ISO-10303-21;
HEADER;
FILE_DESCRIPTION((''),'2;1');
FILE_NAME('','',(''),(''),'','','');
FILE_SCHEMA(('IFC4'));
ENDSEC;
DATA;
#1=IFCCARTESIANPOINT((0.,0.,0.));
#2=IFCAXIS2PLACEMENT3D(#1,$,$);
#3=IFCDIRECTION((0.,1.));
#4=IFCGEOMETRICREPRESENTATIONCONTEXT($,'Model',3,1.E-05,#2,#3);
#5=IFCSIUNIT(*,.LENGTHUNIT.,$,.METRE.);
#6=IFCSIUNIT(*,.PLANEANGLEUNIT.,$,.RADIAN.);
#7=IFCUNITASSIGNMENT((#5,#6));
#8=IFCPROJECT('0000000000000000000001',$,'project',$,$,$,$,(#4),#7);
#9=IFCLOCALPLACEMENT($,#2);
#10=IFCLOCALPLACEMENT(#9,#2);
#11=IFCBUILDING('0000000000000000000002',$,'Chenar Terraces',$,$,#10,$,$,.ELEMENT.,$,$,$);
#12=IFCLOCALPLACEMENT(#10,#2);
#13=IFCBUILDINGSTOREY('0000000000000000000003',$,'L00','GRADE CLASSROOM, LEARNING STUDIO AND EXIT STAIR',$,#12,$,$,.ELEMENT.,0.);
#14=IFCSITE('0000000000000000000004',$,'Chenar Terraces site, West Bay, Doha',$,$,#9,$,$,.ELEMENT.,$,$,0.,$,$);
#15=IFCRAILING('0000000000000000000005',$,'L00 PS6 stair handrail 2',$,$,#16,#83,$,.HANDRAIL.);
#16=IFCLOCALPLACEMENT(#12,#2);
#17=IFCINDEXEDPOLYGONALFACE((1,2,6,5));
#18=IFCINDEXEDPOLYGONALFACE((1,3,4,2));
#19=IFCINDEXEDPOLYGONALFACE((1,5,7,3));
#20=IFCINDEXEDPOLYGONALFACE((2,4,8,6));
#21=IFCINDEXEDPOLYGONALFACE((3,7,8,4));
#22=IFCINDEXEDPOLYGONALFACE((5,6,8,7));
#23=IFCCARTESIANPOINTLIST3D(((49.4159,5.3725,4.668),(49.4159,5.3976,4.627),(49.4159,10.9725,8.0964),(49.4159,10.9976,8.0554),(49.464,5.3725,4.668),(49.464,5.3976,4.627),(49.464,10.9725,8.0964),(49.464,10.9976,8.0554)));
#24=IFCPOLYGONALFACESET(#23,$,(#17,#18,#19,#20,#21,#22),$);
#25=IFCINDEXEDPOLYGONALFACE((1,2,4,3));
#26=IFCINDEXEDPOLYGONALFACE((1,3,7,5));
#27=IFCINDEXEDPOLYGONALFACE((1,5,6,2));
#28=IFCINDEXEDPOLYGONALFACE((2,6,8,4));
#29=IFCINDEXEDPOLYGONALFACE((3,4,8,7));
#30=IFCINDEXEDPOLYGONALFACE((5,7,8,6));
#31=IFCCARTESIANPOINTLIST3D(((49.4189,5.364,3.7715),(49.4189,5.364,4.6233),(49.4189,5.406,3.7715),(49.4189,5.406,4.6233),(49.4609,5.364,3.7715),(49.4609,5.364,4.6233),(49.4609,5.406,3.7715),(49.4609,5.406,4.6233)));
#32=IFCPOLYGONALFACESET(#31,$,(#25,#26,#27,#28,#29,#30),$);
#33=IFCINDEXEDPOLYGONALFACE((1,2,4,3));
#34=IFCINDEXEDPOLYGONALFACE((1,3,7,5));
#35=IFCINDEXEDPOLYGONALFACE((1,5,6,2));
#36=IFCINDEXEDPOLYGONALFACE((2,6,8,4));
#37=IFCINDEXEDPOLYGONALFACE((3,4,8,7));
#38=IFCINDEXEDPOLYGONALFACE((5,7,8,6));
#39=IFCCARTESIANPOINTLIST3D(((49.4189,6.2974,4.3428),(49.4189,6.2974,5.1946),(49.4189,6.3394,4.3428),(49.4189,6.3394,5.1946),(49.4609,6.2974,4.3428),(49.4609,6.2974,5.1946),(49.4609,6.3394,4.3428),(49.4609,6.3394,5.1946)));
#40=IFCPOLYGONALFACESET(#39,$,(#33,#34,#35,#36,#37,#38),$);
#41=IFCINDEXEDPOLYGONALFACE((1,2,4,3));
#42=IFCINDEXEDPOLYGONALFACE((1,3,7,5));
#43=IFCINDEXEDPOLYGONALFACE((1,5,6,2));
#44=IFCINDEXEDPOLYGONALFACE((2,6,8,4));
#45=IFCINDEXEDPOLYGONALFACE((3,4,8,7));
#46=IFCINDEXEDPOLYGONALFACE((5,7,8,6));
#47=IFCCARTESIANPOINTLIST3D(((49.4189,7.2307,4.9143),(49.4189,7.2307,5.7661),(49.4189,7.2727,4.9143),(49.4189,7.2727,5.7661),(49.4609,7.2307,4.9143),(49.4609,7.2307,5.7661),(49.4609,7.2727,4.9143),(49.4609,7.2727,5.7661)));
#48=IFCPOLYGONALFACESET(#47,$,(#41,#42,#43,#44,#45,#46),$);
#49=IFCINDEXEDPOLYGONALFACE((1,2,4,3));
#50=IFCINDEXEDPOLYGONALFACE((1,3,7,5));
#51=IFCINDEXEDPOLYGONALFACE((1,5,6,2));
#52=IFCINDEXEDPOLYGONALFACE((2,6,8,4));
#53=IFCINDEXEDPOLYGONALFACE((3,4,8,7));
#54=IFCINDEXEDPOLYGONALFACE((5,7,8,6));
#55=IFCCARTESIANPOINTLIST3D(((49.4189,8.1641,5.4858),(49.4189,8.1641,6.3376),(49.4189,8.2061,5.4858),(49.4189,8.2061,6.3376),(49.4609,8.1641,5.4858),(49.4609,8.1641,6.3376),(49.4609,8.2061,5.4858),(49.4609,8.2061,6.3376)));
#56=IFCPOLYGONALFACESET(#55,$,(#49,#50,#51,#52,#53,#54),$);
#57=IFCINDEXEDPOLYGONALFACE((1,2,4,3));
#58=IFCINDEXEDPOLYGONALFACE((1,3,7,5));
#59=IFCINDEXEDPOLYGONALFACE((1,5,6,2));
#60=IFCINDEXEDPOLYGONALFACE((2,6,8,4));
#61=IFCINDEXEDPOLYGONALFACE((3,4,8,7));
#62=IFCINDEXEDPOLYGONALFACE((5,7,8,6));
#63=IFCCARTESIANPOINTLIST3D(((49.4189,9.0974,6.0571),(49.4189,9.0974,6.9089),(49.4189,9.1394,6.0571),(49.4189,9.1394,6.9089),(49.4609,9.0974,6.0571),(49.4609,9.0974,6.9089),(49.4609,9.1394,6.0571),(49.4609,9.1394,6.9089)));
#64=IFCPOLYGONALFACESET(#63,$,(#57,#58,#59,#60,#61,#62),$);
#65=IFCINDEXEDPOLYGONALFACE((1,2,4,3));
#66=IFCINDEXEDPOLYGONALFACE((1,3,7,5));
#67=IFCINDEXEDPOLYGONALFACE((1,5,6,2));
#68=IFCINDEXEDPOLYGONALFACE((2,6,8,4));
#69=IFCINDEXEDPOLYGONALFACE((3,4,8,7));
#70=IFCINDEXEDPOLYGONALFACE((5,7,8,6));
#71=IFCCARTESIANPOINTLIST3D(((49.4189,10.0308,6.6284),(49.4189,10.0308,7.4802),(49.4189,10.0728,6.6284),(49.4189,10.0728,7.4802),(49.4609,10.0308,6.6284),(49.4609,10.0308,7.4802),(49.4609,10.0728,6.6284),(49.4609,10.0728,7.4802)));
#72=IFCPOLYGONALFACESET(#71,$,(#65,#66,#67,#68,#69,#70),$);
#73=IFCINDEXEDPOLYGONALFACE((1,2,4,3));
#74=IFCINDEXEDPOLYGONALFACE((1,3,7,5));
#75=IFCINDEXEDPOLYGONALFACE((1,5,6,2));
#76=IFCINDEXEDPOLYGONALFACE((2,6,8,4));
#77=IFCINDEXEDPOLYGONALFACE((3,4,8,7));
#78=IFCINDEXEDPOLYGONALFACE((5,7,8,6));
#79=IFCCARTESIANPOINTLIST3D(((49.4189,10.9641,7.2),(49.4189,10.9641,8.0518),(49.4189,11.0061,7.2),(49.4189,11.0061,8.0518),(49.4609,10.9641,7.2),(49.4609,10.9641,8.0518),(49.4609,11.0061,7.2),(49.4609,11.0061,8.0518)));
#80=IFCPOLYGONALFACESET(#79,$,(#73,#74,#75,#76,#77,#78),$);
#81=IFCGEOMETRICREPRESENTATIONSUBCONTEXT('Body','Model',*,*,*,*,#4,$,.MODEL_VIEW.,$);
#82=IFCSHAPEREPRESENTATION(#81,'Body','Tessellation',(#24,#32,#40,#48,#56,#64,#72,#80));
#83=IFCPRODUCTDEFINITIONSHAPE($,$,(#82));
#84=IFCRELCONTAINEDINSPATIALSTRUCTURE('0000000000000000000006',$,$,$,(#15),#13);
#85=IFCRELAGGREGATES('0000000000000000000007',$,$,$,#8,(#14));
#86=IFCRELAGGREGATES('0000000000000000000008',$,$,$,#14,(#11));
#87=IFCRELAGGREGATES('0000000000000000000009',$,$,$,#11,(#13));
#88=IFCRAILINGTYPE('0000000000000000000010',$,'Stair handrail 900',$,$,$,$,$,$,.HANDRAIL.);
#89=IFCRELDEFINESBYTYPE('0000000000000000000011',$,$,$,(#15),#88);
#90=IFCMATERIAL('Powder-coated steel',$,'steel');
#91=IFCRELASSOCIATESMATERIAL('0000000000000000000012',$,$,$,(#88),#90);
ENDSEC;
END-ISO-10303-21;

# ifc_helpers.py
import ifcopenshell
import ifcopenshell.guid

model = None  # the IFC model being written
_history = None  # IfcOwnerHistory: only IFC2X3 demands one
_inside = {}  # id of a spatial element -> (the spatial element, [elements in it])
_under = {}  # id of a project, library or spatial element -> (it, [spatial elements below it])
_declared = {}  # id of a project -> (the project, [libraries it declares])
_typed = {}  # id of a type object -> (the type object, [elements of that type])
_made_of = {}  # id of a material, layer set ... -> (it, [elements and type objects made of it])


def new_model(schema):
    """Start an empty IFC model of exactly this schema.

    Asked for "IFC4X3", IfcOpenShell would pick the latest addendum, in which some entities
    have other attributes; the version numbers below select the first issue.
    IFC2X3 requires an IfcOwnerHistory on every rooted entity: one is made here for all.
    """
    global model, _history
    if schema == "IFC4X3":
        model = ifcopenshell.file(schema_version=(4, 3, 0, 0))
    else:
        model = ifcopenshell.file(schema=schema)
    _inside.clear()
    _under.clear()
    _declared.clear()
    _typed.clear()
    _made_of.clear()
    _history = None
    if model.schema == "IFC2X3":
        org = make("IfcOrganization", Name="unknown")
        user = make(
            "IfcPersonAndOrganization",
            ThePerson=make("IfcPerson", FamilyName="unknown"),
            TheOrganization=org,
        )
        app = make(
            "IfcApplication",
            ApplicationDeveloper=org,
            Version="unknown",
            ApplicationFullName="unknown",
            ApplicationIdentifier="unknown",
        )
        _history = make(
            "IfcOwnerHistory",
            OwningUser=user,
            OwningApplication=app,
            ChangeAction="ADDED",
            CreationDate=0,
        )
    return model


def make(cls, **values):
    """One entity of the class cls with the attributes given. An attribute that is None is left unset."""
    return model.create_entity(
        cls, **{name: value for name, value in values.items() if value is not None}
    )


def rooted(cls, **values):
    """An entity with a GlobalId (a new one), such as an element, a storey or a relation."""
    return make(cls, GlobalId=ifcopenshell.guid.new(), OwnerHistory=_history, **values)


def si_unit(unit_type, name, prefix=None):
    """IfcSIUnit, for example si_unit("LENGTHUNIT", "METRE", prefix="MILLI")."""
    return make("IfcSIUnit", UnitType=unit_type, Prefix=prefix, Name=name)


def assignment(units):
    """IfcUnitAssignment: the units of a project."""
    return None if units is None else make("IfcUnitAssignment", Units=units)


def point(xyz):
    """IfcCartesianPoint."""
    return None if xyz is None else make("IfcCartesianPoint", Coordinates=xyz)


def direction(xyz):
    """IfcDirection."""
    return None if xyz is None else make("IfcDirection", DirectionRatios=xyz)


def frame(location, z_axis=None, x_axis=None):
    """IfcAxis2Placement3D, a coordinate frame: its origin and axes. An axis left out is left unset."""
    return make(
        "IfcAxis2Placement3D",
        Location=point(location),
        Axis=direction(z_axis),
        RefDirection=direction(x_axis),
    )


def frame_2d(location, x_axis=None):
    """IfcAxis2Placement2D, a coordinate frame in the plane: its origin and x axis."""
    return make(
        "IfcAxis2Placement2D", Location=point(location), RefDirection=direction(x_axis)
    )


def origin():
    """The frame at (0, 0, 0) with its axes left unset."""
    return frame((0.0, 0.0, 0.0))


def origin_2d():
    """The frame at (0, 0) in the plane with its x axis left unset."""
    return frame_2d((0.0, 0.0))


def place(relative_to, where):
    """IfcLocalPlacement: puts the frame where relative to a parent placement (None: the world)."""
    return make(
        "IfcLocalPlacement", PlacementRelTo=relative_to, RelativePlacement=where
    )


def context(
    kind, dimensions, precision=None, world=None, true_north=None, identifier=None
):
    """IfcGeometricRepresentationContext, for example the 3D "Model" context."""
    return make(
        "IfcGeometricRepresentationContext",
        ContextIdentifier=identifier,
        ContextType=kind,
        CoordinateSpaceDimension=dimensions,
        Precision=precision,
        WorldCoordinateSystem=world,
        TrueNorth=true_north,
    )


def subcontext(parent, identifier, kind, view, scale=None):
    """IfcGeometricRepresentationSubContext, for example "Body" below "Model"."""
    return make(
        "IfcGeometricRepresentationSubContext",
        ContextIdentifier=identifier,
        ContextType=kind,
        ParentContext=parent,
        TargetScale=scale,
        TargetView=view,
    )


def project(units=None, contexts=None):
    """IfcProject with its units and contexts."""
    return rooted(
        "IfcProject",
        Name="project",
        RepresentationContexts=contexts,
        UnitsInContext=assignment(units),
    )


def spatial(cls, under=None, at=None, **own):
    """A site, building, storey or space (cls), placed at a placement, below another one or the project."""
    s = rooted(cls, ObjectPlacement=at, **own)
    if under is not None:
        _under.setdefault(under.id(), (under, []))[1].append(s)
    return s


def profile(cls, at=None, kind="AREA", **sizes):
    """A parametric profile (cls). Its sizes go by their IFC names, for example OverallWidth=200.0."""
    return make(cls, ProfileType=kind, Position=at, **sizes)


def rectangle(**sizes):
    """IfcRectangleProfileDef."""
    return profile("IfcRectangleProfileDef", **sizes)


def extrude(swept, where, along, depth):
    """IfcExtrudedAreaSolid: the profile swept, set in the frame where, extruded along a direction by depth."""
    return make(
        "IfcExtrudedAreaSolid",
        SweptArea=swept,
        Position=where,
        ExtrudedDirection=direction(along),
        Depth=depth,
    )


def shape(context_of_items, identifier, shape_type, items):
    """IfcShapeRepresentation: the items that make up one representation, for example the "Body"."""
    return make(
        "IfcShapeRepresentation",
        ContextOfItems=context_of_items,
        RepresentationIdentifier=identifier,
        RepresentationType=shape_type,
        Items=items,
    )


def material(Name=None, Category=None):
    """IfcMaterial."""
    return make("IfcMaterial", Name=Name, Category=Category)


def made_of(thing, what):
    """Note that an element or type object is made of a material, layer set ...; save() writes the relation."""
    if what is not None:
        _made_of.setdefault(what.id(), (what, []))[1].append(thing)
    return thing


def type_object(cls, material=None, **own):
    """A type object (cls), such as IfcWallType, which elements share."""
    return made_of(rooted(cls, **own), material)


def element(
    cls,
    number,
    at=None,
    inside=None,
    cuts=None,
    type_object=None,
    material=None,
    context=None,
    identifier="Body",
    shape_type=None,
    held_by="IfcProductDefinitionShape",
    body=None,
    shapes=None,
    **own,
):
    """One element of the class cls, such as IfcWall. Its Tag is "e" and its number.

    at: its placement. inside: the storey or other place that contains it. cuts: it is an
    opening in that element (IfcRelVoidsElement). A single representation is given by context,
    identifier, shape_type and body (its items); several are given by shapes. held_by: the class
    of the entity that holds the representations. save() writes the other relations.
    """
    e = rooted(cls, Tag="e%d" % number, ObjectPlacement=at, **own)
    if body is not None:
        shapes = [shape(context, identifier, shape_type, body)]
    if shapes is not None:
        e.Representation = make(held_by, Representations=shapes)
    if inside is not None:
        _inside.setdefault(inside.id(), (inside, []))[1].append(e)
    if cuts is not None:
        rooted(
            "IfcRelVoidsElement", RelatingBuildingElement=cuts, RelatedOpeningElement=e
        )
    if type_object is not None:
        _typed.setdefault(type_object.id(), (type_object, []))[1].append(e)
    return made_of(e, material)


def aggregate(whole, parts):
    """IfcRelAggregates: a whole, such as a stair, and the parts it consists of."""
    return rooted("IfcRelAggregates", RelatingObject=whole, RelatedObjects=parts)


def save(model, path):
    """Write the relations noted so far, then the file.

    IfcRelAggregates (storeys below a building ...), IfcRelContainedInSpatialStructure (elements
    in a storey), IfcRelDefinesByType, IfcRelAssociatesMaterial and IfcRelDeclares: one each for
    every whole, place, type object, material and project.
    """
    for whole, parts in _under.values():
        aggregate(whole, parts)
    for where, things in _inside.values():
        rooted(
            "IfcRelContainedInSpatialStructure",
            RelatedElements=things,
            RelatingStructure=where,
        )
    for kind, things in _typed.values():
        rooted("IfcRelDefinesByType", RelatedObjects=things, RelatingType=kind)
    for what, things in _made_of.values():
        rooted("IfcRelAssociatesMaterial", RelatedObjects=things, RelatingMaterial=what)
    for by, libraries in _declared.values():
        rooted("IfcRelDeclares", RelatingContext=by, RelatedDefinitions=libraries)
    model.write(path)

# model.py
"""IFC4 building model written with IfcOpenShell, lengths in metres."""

from ifc_helpers import new_model, si_unit, direction, frame, origin, origin_2d, place, context, subcontext, project, spatial, rectangle, extrude, material, type_object, element, save


model = new_model("IFC4")

# Units and contexts
model_context = context("Model", 3, precision=1e-05, world=origin(), true_north=direction((0.0, 1.0)))
body_context = subcontext(model_context, "Body", "Model", "MODEL_VIEW")
ifc_project = project(units=[si_unit("LENGTHUNIT", "METRE"), si_unit("PLANEANGLEUNIT", "RADIAN")], contexts=[model_context])

# Site, building, storey
site_placement = place(None, origin())
site = spatial("IfcSite", under=ifc_project, at=site_placement, Name="Chenar Terraces site, West Bay, Doha", CompositionType="ELEMENT", RefElevation=0.0)
building_placement = place(site_placement, origin())
building = spatial("IfcBuilding", under=site, at=building_placement, Name="Chenar Terraces", CompositionType="ELEMENT")
storey_placement = place(building_placement, origin())
storey = spatial("IfcBuildingStorey", under=building, at=storey_placement, Name="L00", Description="GRADE CLASSROOM, LEARNING STUDIO AND EXIT STAIR", CompositionType="ELEMENT", Elevation=0.0)

# Railing
ifc_material_1 = material(Name="Powder-coated steel", Category="steel")
railing_type_1 = type_object("IfcRailingType", Name="Stair handrail 900", PredefinedType="HANDRAIL", material=ifc_material_1)
railing_1_placement = place(storey_placement, frame((49.4399, 5.385, 3.7715)))
element("IfcRailing", 1, at=railing_1_placement, inside=storey, type_object=railing_type_1, Name="L00 PS6 stair handrail 2", PredefinedType="HANDRAIL", context=body_context, shape_type="SweptSolid", body=[
    extrude(rectangle(XDim=0.0481, YDim=0.0481, at=origin_2d()), frame((0.0, 0.0, 0.876), z_axis=(0.0, 0.852862, 0.522136), x_axis=(-1.0, 0.0, 0.0)), (0.0, 0.0, 1.0), 6.5662),
    extrude(rectangle(XDim=0.042, YDim=0.042, at=origin_2d()), origin(), (0.0, 0.0, 1.0), 0.8518),
    extrude(rectangle(XDim=0.042, YDim=0.042, at=origin_2d()), frame((0.0, 0.9333, 0.5713)), (0.0, 0.0, 1.0), 0.8518),
    extrude(rectangle(XDim=0.042, YDim=0.042, at=origin_2d()), frame((0.0, 1.8667, 1.1428)), (0.0, 0.0, 1.0), 0.8518),
    extrude(rectangle(XDim=0.042, YDim=0.042, at=origin_2d()), frame((0.0, 2.8, 1.7144)), (0.0, 0.0, 1.0), 0.8518),
    extrude(rectangle(XDim=0.042, YDim=0.042, at=origin_2d()), frame((0.0, 3.7334, 2.2856)), (0.0, 0.0, 1.0), 0.8518),
    extrude(rectangle(XDim=0.042, YDim=0.042, at=origin_2d()), frame((0.0, 4.6667, 2.8569)), (0.0, 0.0, 1.0), 0.8518),
    extrude(rectangle(XDim=0.042, YDim=0.042, at=origin_2d()), frame((0.0, 5.6001, 3.4285)), (0.0, 0.0, 1.0), 0.8518),
])

save(model, "model.ifc")
